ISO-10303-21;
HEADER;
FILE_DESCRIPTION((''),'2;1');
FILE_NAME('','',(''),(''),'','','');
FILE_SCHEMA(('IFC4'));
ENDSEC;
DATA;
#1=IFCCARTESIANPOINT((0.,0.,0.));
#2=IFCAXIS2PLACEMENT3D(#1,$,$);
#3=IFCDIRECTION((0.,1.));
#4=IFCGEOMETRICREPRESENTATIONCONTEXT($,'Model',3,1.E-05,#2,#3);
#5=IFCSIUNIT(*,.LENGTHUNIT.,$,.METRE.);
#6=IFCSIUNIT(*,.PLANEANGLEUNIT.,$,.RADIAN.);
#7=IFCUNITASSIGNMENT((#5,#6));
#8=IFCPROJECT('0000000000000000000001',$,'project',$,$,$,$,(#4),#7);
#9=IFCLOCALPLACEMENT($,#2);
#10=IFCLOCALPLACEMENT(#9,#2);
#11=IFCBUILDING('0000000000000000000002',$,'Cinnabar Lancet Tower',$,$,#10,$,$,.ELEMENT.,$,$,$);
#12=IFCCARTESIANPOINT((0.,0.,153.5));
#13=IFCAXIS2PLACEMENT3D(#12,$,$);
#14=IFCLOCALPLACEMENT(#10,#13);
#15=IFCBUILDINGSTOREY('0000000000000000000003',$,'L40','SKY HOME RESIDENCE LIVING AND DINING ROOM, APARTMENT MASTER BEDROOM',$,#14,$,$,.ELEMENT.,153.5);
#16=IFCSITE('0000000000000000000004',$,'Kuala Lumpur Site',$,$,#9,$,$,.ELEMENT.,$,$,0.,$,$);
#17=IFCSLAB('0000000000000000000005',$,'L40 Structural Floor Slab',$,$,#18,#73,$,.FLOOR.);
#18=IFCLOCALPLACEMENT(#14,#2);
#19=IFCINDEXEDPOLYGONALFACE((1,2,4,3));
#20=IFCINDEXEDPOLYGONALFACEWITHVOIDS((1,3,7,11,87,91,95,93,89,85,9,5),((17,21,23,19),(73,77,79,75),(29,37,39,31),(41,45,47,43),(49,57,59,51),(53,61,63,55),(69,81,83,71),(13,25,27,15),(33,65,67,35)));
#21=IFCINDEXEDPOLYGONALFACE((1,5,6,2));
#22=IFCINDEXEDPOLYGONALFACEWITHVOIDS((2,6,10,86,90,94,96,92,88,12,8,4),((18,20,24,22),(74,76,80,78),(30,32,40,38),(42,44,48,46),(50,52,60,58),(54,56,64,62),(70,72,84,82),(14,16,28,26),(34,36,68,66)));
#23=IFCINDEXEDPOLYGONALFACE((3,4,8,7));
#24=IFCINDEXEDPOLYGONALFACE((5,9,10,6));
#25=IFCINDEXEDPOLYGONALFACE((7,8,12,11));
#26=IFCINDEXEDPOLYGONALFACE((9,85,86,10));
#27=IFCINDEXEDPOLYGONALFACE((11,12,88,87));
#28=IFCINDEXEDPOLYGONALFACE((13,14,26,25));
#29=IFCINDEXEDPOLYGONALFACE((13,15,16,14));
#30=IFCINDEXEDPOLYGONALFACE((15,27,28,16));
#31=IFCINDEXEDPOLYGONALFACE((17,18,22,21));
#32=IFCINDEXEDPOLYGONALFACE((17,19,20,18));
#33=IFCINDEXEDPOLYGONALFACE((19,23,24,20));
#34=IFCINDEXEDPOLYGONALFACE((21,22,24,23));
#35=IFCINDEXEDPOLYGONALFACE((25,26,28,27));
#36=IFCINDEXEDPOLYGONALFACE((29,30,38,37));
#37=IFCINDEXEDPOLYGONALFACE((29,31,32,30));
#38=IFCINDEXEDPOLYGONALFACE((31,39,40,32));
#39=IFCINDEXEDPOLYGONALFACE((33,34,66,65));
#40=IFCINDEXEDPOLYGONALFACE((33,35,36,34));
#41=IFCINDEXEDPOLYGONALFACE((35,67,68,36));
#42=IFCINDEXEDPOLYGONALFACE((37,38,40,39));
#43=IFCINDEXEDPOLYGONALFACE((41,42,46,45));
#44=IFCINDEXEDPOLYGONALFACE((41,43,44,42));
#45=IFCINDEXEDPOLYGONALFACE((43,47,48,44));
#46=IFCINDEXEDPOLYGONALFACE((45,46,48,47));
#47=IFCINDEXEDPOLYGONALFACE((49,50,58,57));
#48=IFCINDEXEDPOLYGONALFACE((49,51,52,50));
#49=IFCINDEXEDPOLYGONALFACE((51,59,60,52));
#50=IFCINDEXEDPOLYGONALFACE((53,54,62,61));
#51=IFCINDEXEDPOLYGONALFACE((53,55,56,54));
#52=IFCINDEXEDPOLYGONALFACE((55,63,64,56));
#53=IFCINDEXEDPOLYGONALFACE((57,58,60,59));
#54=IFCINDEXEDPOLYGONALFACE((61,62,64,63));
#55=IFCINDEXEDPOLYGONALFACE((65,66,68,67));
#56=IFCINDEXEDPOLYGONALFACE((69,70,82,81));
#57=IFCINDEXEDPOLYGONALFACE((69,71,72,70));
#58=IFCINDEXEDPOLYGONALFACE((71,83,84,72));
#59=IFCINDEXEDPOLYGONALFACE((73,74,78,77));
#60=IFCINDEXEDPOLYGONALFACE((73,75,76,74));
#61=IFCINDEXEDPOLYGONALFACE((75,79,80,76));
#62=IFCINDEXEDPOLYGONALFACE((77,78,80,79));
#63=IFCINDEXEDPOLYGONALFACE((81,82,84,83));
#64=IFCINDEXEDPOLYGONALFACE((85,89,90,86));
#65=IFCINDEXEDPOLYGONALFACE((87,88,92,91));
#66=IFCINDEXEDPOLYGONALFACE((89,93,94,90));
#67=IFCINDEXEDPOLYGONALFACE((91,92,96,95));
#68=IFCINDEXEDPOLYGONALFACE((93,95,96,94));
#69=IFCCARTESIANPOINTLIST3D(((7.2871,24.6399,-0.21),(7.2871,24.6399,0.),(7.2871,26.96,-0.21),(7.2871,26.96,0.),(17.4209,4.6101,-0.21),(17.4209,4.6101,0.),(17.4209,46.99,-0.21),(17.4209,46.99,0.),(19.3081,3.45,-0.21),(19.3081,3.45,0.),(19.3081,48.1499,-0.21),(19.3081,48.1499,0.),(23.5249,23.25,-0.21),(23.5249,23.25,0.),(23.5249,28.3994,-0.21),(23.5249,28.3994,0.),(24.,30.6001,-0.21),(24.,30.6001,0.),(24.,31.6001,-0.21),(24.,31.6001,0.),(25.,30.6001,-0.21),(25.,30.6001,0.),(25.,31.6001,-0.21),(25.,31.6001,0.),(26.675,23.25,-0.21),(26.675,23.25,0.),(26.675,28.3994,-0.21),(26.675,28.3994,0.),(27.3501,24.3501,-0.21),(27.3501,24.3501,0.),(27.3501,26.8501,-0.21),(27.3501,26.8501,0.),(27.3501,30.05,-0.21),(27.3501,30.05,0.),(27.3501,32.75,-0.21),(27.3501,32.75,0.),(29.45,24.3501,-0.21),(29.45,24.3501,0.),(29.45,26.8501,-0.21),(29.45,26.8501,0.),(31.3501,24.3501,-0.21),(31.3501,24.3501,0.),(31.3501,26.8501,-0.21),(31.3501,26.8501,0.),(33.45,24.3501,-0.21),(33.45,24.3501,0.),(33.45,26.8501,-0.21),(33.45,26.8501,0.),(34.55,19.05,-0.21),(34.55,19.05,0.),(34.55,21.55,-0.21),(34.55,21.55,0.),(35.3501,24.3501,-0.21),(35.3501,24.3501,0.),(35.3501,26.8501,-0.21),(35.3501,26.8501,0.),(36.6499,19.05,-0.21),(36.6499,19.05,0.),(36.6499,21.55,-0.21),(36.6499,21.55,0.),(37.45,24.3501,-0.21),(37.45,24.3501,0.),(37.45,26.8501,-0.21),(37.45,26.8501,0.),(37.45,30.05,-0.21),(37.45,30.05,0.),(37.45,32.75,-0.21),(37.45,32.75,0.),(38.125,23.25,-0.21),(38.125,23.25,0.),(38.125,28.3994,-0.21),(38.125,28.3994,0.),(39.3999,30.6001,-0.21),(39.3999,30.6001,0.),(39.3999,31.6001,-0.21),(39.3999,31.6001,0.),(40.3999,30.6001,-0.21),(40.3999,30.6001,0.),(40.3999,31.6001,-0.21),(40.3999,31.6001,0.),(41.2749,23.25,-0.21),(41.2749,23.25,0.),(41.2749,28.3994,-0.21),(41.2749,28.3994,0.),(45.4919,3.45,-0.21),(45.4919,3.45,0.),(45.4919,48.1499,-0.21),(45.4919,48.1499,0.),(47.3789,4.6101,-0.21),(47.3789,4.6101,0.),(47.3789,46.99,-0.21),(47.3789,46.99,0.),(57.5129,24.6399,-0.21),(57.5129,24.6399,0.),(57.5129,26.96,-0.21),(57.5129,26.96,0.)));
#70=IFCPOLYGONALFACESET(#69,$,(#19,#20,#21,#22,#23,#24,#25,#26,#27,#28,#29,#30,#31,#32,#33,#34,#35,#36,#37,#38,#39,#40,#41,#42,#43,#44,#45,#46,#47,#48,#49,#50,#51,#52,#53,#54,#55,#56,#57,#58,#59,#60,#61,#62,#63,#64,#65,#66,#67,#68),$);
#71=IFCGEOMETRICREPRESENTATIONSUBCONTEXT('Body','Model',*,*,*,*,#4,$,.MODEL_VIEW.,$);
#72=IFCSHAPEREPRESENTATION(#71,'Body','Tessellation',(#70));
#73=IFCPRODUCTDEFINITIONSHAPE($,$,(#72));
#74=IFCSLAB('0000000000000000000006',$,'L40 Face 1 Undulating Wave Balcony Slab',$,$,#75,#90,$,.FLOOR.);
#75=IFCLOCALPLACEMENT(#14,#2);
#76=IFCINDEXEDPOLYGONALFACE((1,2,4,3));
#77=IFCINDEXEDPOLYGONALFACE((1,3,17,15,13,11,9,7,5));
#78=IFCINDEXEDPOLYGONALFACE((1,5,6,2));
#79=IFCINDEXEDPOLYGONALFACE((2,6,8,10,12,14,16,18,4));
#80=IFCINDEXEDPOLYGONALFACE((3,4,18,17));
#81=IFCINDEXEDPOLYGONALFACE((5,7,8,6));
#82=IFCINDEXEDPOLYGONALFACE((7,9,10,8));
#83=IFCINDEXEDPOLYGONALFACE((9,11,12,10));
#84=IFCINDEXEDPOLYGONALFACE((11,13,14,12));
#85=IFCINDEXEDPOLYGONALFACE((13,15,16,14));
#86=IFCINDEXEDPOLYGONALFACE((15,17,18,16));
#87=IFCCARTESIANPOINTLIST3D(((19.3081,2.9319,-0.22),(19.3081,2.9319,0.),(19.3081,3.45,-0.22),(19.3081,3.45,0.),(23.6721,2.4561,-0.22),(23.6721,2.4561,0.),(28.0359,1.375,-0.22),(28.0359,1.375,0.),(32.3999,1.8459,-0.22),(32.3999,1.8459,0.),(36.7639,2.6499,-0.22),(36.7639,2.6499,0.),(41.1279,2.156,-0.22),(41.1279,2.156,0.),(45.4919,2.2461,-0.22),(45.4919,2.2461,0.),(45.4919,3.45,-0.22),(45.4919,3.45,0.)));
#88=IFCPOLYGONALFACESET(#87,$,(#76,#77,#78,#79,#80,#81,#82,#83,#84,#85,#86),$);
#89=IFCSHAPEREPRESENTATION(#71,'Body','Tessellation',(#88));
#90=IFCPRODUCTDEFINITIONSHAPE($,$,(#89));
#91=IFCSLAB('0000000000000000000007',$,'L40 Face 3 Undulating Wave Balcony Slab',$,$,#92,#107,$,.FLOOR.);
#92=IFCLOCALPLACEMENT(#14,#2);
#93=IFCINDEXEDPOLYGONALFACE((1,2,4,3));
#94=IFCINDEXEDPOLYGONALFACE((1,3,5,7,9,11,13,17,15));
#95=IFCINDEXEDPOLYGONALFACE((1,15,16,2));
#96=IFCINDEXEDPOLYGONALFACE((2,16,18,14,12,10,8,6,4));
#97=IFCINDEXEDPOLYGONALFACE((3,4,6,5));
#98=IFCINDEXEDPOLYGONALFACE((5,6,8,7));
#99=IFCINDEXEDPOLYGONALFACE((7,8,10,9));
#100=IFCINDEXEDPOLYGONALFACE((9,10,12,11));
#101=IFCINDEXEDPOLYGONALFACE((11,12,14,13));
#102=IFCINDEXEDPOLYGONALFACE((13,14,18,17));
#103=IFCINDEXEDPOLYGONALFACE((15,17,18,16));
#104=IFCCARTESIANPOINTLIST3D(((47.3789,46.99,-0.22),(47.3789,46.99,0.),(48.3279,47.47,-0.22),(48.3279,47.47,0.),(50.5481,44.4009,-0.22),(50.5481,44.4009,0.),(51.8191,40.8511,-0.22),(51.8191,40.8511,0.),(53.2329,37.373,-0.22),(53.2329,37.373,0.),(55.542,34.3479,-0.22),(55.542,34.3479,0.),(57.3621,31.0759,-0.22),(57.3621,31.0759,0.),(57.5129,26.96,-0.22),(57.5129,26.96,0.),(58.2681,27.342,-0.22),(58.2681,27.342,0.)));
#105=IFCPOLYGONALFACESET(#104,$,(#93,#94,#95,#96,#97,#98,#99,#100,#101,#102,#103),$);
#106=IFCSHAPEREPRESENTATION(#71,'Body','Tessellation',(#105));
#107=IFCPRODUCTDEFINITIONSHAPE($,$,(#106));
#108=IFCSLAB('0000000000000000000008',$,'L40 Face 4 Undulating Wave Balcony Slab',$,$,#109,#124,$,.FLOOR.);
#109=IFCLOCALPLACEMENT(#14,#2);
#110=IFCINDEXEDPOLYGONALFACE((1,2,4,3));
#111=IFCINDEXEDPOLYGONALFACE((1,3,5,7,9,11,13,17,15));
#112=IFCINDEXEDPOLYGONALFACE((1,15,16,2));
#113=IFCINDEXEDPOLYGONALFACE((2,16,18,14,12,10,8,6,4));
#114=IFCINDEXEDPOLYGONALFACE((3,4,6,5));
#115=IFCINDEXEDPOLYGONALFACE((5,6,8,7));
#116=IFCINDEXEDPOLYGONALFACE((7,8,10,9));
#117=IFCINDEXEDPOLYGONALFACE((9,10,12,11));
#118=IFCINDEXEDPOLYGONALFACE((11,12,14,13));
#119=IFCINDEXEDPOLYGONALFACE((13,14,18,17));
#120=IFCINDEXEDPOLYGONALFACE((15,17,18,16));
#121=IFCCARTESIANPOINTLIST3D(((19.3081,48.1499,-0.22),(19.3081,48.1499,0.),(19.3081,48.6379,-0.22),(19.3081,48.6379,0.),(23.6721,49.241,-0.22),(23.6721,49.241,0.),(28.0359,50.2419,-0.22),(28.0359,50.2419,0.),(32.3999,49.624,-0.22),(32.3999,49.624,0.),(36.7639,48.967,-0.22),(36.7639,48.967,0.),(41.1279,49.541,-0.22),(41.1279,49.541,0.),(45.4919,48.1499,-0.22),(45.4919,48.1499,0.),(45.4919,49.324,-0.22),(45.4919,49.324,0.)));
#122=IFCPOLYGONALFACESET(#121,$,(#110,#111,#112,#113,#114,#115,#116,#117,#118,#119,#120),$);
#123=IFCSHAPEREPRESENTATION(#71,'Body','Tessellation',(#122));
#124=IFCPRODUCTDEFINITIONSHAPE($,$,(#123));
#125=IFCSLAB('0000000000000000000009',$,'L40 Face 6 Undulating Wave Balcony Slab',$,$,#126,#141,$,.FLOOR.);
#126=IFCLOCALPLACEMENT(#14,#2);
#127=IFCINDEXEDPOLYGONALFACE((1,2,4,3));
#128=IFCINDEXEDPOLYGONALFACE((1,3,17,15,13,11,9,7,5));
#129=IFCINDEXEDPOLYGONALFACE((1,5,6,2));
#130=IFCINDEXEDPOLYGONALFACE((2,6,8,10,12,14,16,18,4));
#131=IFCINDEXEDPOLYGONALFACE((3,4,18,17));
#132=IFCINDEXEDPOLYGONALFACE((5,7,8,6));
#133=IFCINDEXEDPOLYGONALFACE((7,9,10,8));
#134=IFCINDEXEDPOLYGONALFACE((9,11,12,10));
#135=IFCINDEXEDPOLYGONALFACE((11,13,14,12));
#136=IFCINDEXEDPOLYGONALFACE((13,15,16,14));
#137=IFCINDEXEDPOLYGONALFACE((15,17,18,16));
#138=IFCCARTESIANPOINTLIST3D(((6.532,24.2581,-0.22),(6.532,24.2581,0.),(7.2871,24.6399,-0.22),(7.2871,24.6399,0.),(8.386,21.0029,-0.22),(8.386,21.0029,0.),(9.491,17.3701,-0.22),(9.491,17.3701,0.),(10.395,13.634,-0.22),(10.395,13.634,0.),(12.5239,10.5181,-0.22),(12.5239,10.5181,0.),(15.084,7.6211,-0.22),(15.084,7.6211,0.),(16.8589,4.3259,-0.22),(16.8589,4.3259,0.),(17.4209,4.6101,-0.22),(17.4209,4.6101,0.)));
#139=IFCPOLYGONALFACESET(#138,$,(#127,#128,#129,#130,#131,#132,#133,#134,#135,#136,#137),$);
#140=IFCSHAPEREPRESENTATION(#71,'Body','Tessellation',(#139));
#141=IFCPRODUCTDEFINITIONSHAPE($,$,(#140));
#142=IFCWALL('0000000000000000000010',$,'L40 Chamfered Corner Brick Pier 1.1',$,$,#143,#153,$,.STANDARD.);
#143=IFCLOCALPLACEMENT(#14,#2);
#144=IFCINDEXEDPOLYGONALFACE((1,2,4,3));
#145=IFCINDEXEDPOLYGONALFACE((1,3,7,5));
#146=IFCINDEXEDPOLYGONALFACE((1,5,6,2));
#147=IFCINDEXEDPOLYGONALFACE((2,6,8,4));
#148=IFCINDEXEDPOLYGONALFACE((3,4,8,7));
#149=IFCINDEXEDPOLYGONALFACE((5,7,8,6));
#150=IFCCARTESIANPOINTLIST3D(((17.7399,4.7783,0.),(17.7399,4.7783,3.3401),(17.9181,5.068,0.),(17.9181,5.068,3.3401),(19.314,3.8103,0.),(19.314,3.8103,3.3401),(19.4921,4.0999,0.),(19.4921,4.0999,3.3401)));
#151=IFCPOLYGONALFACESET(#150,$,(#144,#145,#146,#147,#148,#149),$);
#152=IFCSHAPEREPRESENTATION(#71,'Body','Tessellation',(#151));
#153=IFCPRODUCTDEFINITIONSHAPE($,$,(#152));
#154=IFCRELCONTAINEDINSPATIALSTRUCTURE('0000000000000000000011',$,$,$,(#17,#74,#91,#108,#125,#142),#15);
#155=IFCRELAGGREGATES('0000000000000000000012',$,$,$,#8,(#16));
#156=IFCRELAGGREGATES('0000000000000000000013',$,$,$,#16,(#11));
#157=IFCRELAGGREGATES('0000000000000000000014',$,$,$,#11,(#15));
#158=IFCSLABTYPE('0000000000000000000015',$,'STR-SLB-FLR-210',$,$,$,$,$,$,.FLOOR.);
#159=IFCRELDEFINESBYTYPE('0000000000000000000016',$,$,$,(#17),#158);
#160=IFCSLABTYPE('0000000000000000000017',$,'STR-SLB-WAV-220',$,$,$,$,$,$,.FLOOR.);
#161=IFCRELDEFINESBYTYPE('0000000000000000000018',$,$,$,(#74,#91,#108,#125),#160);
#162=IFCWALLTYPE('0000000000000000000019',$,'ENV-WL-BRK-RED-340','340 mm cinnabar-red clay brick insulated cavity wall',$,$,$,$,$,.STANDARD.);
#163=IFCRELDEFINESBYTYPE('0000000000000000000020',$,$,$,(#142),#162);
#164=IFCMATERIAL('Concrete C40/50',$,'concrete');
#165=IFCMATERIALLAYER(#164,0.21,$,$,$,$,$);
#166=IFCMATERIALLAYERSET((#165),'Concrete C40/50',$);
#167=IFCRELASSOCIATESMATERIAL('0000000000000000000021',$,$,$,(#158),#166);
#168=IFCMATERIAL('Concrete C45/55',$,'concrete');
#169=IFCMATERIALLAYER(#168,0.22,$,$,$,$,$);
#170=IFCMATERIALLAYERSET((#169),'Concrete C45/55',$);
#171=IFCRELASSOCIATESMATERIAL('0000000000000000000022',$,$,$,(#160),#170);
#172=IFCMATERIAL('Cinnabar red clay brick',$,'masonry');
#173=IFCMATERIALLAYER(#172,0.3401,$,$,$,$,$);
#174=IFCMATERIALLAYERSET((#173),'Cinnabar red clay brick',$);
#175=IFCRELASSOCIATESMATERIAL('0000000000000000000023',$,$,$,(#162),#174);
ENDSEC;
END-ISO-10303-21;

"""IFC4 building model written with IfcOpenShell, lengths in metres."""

from ifc_helpers import new_model, si_unit, direction, frame, frame_2d, origin, place, context, subcontext, project, spatial, polyline, rectangle, outline, extrude, material, layer, layer_set, type_object, element, save


model = new_model("IFC4")

# Units and contexts
model_context = context("Model", 3, precision=1e-05, world=origin(), true_north=direction((0.0, 1.0)))
body_context = subcontext(model_context, "Body", "Model", "MODEL_VIEW")
ifc_project = project(units=[si_unit("LENGTHUNIT", "METRE"), si_unit("PLANEANGLEUNIT", "RADIAN")], contexts=[model_context])

# Site, building, storey
site_placement = place(None, origin())
site = spatial("IfcSite", under=ifc_project, at=site_placement, Name="Kuala Lumpur Site", CompositionType="ELEMENT", RefElevation=0.0)
building_placement = place(site_placement, origin())
building = spatial("IfcBuilding", under=site, at=building_placement, Name="Cinnabar Lancet Tower", CompositionType="ELEMENT")
storey_placement = place(building_placement, frame((0.0, 0.0, 153.5)))
storey = spatial("IfcBuildingStorey", under=building, at=storey_placement, Name="L40", Description="SKY HOME RESIDENCE LIVING AND DINING ROOM, APARTMENT MASTER BEDROOM", CompositionType="ELEMENT", Elevation=153.5)

# Slabs
ifc_material_1 = material(Name="Concrete C40/50", Category="concrete")
ifc_layer_1 = layer(ifc_material_1, 0.21)
ifc_layer_set_1 = layer_set([ifc_layer_1], Name="Concrete C40/50")
slab_type_1 = type_object("IfcSlabType", Name="STR-SLB-FLR-210", PredefinedType="FLOOR", material=ifc_layer_set_1)
slab_1_placement = place(storey_placement, frame((0.0, 0.0, -0.21)))
element("IfcSlab", 1, at=slab_1_placement, inside=storey, type_object=slab_type_1, Name="L40 Structural Floor Slab", PredefinedType="FLOOR", context=body_context, shape_type="SweptSolid", body=[
    extrude(outline(polyline([(17.4209, 4.6101), (19.3081, 3.45), (45.4919, 3.45), (47.3789, 4.6101), (57.5129, 24.6399), (57.5129, 26.96), (47.3789, 46.99), (45.4919, 48.1499), (19.3081, 48.1499), (17.4209, 46.99), (7.2871, 26.96), (7.2871, 24.6399), (17.4209, 4.6101)]), holes=[polyline([(23.5249, 23.25), (26.675, 23.25), (26.675, 28.3994), (23.5249, 28.3994), (23.5249, 23.25)]), polyline([(38.125, 23.25), (41.2749, 23.25), (41.2749, 28.3994), (38.125, 28.3994), (38.125, 23.25)]), polyline([(27.3501, 30.05), (37.45, 30.05), (37.45, 32.75), (27.3501, 32.75), (27.3501, 30.05)]), polyline([(34.55, 19.05), (36.6499, 19.05), (36.6499, 21.55), (34.55, 21.55), (34.55, 19.05)]), polyline([(27.3501, 24.3501), (29.45, 24.3501), (29.45, 26.8501), (27.3501, 26.8501), (27.3501, 24.3501)]), polyline([(35.3501, 24.3501), (37.45, 24.3501), (37.45, 26.8501), (35.3501, 26.8501), (35.3501, 24.3501)]), polyline([(31.3501, 24.3501), (33.45, 24.3501), (33.45, 26.8501), (31.3501, 26.8501), (31.3501, 24.3501)]), polyline([(24.0, 30.6001), (25.0, 30.6001), (25.0, 31.6001), (24.0, 31.6001), (24.0, 30.6001)]), polyline([(39.3999, 30.6001), (40.3999, 30.6001), (40.3999, 31.6001), (39.3999, 31.6001), (39.3999, 30.6001)])]), origin(), (0.0, 0.0, 1.0), 0.21),
])
ifc_material_2 = material(Name="Concrete C45/55", Category="concrete")
ifc_layer_2 = layer(ifc_material_2, 0.22)
ifc_layer_set_2 = layer_set([ifc_layer_2], Name="Concrete C45/55")
slab_type_2 = type_object("IfcSlabType", Name="STR-SLB-WAV-220", PredefinedType="FLOOR", material=ifc_layer_set_2)
slab_2_placement = place(storey_placement, frame((0.0, 0.0, -0.22)))
element("IfcSlab", 2, at=slab_2_placement, inside=storey, type_object=slab_type_2, Name="L40 Face 1 Undulating Wave Balcony Slab", PredefinedType="FLOOR", context=body_context, shape_type="SweptSolid", body=[
    extrude(outline(polyline([(19.3081, 3.45), (19.3081, 2.9319), (23.6721, 2.4561), (28.0359, 1.375), (32.3999, 1.8459), (36.7639, 2.6499), (41.1279, 2.156), (45.4919, 2.2461), (45.4919, 3.45), (19.3081, 3.45)])), origin(), (0.0, 0.0, 1.0), 0.22),
])
slab_3_placement = place(storey_placement, frame((0.0, 0.0, -0.22)))
element("IfcSlab", 3, at=slab_3_placement, inside=storey, type_object=slab_type_2, Name="L40 Face 3 Undulating Wave Balcony Slab", PredefinedType="FLOOR", context=body_context, shape_type="SweptSolid", body=[
    extrude(outline(polyline([(57.5129, 26.96), (58.2681, 27.342), (57.3621, 31.0759), (55.542, 34.3479), (53.2329, 37.373), (51.8191, 40.8511), (50.5481, 44.4009), (48.3279, 47.47), (47.3789, 46.99), (57.5129, 26.96)])), origin(), (0.0, 0.0, 1.0), 0.22),
])
slab_4_placement = place(storey_placement, frame((0.0, 0.0, -0.22)))
element("IfcSlab", 4, at=slab_4_placement, inside=storey, type_object=slab_type_2, Name="L40 Face 4 Undulating Wave Balcony Slab", PredefinedType="FLOOR", context=body_context, shape_type="SweptSolid", body=[
    extrude(outline(polyline([(45.4919, 48.1499), (45.4919, 49.324), (41.1279, 49.541), (36.7639, 48.967), (32.3999, 49.624), (28.0359, 50.2419), (23.6721, 49.241), (19.3081, 48.6379), (19.3081, 48.1499), (45.4919, 48.1499)])), origin(), (0.0, 0.0, 1.0), 0.22),
])
slab_5_placement = place(storey_placement, frame((0.0, 0.0, -0.22)))
element("IfcSlab", 5, at=slab_5_placement, inside=storey, type_object=slab_type_2, Name="L40 Face 6 Undulating Wave Balcony Slab", PredefinedType="FLOOR", context=body_context, shape_type="SweptSolid", body=[
    extrude(outline(polyline([(7.2871, 24.6399), (6.532, 24.2581), (8.386, 21.0029), (9.491, 17.3701), (10.395, 13.634), (12.5239, 10.5181), (15.084, 7.6211), (16.8589, 4.3259), (17.4209, 4.6101), (7.2871, 24.6399)])), origin(), (0.0, 0.0, 1.0), 0.22),
])

# Wall
ifc_material_3 = material(Name="Cinnabar red clay brick", Category="masonry")
ifc_layer_3 = layer(ifc_material_3, 0.3401)
ifc_layer_set_3 = layer_set([ifc_layer_3], Name="Cinnabar red clay brick")
wall_type = type_object("IfcWallType", Name="ENV-WL-BRK-RED-340", Description="340 mm cinnabar-red clay brick insulated cavity wall", PredefinedType="STANDARD", material=ifc_layer_set_3)
wall_1_placement = place(storey_placement, frame((17.8291, 4.9231, 0.0), z_axis=(0.0, 0.0, 1.0), x_axis=(0.851799, -0.523869, 0.0)))
element("IfcWall", 6, at=wall_1_placement, inside=storey, type_object=wall_type, Name="L40 Chamfered Corner Brick Pier 1.1", PredefinedType="STANDARD", context=body_context, shape_type="SweptSolid", body=[
    extrude(rectangle(XDim=1.8479, YDim=0.3401, at=frame_2d((0.9238, 0.0))), origin(), (0.0, 0.0, 1.0), 3.3401),
])

save(model, "model.ifc")
